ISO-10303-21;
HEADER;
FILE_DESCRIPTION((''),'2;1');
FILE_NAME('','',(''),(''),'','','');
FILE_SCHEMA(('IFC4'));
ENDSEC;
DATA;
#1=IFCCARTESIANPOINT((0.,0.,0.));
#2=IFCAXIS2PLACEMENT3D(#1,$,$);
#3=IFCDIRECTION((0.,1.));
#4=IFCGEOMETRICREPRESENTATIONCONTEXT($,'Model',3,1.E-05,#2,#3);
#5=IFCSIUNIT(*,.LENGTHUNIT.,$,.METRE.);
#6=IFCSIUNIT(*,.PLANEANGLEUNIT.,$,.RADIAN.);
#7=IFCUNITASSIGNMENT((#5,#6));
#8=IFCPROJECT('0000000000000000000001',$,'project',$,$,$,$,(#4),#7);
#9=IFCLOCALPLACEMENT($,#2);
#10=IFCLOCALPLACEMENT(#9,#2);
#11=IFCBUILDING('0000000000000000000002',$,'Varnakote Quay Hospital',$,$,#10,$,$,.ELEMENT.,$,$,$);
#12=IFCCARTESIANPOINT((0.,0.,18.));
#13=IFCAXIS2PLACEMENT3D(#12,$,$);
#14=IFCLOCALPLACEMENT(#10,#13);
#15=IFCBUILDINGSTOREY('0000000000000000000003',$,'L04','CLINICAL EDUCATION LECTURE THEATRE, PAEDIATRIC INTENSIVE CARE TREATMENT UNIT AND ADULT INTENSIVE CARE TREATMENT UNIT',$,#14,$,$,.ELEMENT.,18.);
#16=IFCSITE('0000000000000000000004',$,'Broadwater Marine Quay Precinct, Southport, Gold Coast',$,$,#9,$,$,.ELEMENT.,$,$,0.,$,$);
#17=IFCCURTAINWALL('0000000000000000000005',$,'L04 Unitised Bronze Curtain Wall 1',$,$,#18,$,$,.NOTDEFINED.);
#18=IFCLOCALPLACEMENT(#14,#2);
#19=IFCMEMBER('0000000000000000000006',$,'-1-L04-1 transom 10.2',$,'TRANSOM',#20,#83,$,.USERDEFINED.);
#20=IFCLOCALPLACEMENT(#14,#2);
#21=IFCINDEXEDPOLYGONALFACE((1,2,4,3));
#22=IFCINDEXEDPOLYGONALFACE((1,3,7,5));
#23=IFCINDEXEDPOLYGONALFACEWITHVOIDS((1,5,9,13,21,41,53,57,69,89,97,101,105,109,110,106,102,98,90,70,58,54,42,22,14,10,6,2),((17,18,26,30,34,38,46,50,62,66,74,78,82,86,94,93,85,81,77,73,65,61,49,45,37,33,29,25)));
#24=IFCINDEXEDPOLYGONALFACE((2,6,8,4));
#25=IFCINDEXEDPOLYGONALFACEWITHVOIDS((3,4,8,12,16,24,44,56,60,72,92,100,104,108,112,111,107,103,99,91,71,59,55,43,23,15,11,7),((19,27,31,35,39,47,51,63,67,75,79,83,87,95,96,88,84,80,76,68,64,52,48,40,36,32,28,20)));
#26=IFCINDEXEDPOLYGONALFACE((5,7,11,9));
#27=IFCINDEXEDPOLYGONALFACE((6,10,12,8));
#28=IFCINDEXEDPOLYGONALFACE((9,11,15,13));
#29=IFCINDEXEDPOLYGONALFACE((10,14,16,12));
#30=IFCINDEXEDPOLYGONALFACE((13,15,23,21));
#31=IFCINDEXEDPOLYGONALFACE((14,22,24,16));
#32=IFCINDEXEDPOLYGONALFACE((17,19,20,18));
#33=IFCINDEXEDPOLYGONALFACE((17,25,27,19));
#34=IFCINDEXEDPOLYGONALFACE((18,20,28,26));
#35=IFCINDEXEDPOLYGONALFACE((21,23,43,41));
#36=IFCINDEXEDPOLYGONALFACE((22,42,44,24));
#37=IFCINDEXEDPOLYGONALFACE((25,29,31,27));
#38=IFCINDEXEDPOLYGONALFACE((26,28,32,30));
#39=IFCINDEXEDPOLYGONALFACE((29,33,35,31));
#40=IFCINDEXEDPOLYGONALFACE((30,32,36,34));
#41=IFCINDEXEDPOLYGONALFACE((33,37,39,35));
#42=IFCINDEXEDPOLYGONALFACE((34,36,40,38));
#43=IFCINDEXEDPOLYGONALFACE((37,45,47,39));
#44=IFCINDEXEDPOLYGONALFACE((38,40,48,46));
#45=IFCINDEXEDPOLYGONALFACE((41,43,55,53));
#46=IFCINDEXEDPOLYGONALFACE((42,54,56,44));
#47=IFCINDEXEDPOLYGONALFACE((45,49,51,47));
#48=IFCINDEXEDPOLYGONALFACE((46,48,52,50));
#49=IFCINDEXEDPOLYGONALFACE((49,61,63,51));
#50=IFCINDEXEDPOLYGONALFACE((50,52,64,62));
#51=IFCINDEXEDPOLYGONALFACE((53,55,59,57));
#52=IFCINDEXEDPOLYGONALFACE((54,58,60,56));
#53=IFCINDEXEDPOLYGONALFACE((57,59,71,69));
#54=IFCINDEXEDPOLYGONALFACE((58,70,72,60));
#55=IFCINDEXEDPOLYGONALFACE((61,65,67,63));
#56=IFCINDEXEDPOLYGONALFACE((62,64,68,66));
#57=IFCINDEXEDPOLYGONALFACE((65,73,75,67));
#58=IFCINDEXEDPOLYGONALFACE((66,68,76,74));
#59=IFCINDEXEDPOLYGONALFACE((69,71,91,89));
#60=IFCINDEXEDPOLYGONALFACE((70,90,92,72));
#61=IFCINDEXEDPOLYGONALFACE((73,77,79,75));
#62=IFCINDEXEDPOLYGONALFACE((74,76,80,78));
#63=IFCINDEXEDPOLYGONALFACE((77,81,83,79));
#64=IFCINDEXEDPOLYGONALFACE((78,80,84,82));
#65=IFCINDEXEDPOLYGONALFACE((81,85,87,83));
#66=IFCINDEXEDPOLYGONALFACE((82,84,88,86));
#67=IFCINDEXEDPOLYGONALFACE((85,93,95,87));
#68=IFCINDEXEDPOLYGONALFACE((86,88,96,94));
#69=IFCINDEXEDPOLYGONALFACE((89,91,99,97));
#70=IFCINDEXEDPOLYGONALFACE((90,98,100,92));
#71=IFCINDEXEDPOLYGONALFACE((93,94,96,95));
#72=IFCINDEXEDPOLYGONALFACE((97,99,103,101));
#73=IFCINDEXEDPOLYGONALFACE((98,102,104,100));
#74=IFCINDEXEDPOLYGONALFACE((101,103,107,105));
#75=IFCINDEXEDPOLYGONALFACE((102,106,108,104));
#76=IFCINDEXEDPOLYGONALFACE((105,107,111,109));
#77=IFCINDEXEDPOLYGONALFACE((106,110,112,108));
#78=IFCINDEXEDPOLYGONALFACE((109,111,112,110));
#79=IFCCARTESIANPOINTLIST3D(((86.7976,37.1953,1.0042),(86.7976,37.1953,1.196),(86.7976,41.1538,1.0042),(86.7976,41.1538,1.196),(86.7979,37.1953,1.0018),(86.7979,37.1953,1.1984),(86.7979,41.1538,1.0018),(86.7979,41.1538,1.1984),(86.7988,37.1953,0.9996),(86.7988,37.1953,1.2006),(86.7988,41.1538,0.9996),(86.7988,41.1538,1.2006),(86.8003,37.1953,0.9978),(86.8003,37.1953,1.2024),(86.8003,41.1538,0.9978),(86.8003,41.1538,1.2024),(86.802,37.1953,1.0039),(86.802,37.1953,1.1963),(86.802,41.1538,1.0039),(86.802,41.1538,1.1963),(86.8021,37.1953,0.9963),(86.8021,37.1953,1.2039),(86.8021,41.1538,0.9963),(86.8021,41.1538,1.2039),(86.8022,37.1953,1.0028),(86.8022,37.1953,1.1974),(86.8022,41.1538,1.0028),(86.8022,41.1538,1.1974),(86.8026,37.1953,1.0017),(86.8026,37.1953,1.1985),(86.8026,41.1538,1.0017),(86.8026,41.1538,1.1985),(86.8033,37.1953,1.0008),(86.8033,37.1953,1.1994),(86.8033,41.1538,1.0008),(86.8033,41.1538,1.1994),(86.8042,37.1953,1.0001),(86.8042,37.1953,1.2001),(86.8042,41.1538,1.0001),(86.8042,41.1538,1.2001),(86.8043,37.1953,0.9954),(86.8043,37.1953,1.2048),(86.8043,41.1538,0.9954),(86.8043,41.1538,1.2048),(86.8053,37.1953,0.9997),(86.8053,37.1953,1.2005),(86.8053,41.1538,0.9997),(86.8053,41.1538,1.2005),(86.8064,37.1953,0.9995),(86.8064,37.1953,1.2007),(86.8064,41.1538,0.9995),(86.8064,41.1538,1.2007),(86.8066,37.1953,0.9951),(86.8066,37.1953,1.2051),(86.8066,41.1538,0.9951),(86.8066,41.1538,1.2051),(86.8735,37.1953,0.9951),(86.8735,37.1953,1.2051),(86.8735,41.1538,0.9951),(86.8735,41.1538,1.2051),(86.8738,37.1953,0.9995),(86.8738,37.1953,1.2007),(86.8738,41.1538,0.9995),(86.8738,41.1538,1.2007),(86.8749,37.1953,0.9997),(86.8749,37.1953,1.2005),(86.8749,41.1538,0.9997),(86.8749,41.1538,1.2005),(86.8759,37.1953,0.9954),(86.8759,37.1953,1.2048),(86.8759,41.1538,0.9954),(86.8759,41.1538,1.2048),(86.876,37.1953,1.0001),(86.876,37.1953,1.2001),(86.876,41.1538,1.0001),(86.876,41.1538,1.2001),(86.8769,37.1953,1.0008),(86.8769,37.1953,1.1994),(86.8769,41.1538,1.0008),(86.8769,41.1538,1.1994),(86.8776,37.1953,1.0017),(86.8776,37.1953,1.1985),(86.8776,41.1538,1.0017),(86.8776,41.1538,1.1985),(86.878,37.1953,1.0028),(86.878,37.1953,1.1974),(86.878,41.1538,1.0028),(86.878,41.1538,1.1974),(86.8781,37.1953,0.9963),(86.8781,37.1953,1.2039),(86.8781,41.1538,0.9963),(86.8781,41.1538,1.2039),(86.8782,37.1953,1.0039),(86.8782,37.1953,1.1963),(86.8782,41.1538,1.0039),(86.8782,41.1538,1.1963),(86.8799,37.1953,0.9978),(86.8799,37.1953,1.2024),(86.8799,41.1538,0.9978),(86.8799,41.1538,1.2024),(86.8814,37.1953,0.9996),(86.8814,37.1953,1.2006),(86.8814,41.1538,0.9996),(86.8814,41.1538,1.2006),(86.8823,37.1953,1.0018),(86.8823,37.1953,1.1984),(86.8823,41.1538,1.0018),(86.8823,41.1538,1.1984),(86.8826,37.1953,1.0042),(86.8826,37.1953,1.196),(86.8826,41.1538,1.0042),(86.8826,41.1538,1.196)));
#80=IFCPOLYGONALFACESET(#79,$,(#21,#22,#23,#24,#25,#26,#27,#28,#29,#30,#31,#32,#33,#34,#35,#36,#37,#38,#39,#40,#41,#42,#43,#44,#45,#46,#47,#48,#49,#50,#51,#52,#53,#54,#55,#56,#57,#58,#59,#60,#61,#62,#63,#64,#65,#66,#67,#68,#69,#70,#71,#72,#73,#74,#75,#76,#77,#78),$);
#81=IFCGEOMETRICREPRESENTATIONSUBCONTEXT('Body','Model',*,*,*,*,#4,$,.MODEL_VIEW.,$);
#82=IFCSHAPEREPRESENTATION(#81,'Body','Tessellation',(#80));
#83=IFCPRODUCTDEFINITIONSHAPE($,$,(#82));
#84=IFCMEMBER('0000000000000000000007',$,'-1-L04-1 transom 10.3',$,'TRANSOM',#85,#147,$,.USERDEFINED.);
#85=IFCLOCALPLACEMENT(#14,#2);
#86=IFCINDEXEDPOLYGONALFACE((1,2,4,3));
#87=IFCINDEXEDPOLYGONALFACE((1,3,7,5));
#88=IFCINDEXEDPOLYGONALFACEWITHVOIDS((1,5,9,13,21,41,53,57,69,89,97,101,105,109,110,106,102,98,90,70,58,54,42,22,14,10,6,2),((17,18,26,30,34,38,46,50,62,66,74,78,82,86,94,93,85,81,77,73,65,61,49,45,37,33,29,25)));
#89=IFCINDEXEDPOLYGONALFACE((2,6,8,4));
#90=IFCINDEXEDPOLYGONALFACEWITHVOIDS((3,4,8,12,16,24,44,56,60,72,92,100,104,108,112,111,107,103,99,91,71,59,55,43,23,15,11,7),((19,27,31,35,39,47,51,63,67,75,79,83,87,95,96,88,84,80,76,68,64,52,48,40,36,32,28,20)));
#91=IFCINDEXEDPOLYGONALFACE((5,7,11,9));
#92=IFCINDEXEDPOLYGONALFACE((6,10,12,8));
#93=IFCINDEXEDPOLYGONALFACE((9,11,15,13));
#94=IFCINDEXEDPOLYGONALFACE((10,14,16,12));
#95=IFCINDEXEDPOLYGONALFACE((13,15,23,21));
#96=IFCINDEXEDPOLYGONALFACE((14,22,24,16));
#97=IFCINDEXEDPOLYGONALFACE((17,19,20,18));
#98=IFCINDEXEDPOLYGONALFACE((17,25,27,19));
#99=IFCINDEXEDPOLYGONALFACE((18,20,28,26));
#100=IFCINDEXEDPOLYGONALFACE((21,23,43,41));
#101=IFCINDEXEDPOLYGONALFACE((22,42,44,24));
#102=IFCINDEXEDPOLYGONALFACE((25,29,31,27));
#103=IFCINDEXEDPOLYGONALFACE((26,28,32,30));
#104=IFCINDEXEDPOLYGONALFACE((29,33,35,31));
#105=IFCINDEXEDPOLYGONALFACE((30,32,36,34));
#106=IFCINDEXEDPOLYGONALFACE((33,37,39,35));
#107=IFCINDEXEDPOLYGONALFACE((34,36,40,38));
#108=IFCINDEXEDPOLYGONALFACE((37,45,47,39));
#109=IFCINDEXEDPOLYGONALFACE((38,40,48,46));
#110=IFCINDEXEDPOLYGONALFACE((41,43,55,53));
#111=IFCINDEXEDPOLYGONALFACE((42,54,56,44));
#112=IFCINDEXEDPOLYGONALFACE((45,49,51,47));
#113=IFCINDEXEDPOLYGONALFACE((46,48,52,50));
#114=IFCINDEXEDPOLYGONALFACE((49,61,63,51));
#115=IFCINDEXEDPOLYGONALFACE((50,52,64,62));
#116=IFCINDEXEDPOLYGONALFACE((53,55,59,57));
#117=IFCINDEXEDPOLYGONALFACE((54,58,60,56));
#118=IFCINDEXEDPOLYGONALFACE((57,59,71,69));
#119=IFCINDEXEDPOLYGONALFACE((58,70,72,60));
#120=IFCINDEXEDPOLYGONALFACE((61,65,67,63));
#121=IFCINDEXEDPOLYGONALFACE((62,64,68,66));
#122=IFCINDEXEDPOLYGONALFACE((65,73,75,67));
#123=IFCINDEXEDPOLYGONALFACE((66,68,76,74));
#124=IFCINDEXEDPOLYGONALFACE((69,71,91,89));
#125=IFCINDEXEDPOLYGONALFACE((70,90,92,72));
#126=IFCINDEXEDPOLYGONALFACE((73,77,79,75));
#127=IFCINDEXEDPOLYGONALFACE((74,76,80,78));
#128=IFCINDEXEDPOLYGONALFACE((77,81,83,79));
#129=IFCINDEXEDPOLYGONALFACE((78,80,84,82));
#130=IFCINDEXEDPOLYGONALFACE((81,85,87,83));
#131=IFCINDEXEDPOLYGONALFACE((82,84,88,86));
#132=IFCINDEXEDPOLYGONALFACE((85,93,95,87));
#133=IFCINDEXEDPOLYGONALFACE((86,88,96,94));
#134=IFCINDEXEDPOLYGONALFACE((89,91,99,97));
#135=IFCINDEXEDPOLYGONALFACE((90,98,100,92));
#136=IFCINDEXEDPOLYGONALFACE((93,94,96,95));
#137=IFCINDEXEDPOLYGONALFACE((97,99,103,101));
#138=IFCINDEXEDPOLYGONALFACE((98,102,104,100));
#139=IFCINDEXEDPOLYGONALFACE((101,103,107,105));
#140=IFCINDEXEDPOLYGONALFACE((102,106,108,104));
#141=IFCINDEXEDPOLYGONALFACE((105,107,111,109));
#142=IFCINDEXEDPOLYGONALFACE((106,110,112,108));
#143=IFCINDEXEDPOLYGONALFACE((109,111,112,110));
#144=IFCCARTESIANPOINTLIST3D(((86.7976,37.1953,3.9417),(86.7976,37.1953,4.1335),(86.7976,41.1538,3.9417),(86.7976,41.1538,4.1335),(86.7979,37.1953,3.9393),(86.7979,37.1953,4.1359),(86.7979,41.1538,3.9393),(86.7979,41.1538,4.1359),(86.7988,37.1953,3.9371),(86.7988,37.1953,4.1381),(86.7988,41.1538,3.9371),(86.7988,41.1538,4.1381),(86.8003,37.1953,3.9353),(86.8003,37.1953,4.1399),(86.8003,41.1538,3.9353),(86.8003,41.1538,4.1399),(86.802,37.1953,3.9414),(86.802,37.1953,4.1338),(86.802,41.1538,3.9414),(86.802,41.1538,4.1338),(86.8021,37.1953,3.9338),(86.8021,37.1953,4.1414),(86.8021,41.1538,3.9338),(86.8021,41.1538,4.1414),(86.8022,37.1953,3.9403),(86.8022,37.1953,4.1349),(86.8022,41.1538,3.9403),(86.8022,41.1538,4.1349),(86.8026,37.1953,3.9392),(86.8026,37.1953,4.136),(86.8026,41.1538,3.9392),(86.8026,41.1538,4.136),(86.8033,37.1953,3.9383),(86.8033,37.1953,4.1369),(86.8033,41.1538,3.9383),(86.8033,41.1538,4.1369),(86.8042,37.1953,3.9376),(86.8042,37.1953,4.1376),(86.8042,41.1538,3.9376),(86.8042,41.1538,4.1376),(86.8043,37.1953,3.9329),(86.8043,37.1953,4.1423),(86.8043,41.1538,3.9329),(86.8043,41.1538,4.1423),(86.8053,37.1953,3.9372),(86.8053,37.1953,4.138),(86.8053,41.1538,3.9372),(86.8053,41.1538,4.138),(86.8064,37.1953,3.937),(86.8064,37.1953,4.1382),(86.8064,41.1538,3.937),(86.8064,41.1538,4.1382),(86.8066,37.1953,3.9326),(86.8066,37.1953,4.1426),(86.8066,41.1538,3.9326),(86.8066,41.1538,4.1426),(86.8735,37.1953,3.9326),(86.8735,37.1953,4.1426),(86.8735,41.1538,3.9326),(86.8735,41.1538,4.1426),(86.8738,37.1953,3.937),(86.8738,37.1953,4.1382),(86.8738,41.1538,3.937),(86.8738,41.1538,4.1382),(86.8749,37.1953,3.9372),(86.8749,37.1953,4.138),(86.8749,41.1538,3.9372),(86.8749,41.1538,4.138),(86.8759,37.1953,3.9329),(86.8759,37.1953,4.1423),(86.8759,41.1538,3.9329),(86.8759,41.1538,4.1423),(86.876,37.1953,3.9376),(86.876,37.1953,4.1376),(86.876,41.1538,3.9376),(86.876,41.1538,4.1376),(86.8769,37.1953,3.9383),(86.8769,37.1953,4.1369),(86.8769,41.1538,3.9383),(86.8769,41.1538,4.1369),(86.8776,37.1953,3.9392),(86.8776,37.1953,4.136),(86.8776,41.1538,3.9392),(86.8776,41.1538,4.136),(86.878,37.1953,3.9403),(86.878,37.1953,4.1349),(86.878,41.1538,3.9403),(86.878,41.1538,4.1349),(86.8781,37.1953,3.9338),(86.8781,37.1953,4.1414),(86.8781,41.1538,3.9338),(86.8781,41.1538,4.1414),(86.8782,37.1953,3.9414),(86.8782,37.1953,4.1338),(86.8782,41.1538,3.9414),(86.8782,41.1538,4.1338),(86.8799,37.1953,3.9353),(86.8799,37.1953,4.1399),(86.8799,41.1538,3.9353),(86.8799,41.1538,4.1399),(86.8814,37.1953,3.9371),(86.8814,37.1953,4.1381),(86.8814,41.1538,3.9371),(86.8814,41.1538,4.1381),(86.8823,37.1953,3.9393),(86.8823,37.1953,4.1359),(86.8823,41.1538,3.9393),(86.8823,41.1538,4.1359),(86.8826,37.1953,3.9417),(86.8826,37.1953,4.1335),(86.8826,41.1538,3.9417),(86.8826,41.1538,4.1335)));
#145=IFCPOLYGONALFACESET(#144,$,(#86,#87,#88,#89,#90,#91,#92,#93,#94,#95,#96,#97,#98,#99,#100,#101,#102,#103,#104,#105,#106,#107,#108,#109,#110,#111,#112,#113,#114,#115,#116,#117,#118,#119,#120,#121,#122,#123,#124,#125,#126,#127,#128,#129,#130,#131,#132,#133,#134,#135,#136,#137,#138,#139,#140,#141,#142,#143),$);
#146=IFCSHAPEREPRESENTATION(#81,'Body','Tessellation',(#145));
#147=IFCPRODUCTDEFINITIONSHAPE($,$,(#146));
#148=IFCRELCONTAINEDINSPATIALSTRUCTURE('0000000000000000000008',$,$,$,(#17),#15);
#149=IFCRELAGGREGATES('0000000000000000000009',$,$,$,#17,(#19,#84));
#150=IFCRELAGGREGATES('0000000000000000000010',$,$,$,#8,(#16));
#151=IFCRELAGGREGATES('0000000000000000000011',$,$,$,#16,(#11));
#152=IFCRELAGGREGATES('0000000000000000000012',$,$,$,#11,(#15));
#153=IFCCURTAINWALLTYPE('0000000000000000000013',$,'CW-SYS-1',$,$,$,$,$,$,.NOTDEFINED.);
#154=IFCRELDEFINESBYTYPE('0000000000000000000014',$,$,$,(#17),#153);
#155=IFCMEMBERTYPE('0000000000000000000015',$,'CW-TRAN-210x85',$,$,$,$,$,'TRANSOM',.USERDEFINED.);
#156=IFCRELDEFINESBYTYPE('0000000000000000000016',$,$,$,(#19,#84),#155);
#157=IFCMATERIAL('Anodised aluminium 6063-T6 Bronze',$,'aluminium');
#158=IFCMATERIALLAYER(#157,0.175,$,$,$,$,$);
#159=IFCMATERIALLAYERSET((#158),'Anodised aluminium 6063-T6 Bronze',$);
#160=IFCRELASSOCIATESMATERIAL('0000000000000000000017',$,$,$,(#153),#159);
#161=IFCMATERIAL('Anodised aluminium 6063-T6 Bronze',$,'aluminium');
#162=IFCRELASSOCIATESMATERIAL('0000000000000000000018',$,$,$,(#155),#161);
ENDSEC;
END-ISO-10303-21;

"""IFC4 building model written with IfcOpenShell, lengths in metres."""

from ifc_helpers import new_model, si_unit, direction, frame, origin, origin_2d, place, context, subcontext, project, spatial, hollow_rectangle, extrude, material, layer, layer_set, material_profile, profile_set, type_object, element, aggregate, save


model = new_model("IFC4")

# Units and contexts
model_context = context("Model", 3, precision=1e-05, world=origin(), true_north=direction((0.0, 1.0)))
body_context = subcontext(model_context, "Body", "Model", "MODEL_VIEW")
ifc_project = project(units=[si_unit("LENGTHUNIT", "METRE"), si_unit("PLANEANGLEUNIT", "RADIAN")], contexts=[model_context])

# Site, building, storey
site_placement = place(None, origin())
site = spatial("IfcSite", under=ifc_project, at=site_placement, Name="Broadwater Marine Quay Precinct, Southport, Gold Coast", CompositionType="ELEMENT", RefElevation=0.0)
building_placement = place(site_placement, origin())
building = spatial("IfcBuilding", under=site, at=building_placement, Name="Varnakote Quay Hospital", CompositionType="ELEMENT")
storey_placement = place(building_placement, frame((0.0, 0.0, 18.0)))
storey = spatial("IfcBuildingStorey", under=building, at=storey_placement, Name="L04", Description="CLINICAL EDUCATION LECTURE THEATRE, PAEDIATRIC INTENSIVE CARE TREATMENT UNIT AND ADULT INTENSIVE CARE TREATMENT UNIT", CompositionType="ELEMENT", Elevation=18.0)

# Curtain wall, members
ifc_material_1 = material(Name="Anodised aluminium 6063-T6 Bronze", Category="aluminium")
ifc_layer_1 = layer(ifc_material_1, 0.175)
ifc_layer_set_1 = layer_set([ifc_layer_1], Name="Anodised aluminium 6063-T6 Bronze")
curtain_wall_type = type_object("IfcCurtainWallType", Name="CW-SYS-1", PredefinedType="NOTDEFINED", material=ifc_layer_set_1)
curtain_wall_placement = place(storey_placement, origin())
curtain_wall = element("IfcCurtainWall", 1, at=curtain_wall_placement, inside=storey, type_object=curtain_wall_type, Name="L04 Unitised Bronze Curtain Wall 1", PredefinedType="NOTDEFINED")
ifc_material_2 = material(Name="Anodised aluminium 6063-T6 Bronze", Category="aluminium")
ifc_material_profile_1 = material_profile(ifc_material_2, hollow_rectangle(XDim=0.085, YDim=0.21, WallThickness=0.0044, InnerFilletRadius=0.0044, OuterFilletRadius=0.009, at=origin_2d()), Name="CW-TRAN-210x85")
ifc_profile_set_1 = profile_set([ifc_material_profile_1], Name="Anodised aluminium 6063-T6 Bronze")
member_type_1 = type_object("IfcMemberType", Name="CW-TRAN-210x85", ElementType="TRANSOM", PredefinedType="USERDEFINED", material=ifc_profile_set_1)
member_1_placement = place(storey_placement, frame((86.8401, 37.1953, 1.1001), z_axis=(0.0, 1.0, 0.0), x_axis=(-1.0, 0.0, 0.0)))
member_1 = element("IfcMember", 2, at=member_1_placement, type_object=member_type_1, Name="-1-L04-1 transom 10.2", ObjectType="TRANSOM", PredefinedType="USERDEFINED", context=body_context, shape_type="SweptSolid", body=[
    extrude(hollow_rectangle(XDim=0.085, YDim=0.21, WallThickness=0.0044, InnerFilletRadius=0.0044, OuterFilletRadius=0.009, at=origin_2d()), origin(), (0.0, 0.0, 1.0), 3.9585),
])
member_2_placement = place(storey_placement, frame((86.8401, 37.1953, 4.0376), z_axis=(0.0, 1.0, 0.0), x_axis=(-1.0, 0.0, 0.0)))
member_2 = element("IfcMember", 3, at=member_2_placement, type_object=member_type_1, Name="-1-L04-1 transom 10.3", ObjectType="TRANSOM", PredefinedType="USERDEFINED", context=body_context, shape_type="SweptSolid", body=[
    extrude(hollow_rectangle(XDim=0.085, YDim=0.21, WallThickness=0.0044, InnerFilletRadius=0.0044, OuterFilletRadius=0.009, at=origin_2d()), origin(), (0.0, 0.0, 1.0), 3.9585),
])

aggregate(curtain_wall, [member_1, member_2])

save(model, "model.ifc")
